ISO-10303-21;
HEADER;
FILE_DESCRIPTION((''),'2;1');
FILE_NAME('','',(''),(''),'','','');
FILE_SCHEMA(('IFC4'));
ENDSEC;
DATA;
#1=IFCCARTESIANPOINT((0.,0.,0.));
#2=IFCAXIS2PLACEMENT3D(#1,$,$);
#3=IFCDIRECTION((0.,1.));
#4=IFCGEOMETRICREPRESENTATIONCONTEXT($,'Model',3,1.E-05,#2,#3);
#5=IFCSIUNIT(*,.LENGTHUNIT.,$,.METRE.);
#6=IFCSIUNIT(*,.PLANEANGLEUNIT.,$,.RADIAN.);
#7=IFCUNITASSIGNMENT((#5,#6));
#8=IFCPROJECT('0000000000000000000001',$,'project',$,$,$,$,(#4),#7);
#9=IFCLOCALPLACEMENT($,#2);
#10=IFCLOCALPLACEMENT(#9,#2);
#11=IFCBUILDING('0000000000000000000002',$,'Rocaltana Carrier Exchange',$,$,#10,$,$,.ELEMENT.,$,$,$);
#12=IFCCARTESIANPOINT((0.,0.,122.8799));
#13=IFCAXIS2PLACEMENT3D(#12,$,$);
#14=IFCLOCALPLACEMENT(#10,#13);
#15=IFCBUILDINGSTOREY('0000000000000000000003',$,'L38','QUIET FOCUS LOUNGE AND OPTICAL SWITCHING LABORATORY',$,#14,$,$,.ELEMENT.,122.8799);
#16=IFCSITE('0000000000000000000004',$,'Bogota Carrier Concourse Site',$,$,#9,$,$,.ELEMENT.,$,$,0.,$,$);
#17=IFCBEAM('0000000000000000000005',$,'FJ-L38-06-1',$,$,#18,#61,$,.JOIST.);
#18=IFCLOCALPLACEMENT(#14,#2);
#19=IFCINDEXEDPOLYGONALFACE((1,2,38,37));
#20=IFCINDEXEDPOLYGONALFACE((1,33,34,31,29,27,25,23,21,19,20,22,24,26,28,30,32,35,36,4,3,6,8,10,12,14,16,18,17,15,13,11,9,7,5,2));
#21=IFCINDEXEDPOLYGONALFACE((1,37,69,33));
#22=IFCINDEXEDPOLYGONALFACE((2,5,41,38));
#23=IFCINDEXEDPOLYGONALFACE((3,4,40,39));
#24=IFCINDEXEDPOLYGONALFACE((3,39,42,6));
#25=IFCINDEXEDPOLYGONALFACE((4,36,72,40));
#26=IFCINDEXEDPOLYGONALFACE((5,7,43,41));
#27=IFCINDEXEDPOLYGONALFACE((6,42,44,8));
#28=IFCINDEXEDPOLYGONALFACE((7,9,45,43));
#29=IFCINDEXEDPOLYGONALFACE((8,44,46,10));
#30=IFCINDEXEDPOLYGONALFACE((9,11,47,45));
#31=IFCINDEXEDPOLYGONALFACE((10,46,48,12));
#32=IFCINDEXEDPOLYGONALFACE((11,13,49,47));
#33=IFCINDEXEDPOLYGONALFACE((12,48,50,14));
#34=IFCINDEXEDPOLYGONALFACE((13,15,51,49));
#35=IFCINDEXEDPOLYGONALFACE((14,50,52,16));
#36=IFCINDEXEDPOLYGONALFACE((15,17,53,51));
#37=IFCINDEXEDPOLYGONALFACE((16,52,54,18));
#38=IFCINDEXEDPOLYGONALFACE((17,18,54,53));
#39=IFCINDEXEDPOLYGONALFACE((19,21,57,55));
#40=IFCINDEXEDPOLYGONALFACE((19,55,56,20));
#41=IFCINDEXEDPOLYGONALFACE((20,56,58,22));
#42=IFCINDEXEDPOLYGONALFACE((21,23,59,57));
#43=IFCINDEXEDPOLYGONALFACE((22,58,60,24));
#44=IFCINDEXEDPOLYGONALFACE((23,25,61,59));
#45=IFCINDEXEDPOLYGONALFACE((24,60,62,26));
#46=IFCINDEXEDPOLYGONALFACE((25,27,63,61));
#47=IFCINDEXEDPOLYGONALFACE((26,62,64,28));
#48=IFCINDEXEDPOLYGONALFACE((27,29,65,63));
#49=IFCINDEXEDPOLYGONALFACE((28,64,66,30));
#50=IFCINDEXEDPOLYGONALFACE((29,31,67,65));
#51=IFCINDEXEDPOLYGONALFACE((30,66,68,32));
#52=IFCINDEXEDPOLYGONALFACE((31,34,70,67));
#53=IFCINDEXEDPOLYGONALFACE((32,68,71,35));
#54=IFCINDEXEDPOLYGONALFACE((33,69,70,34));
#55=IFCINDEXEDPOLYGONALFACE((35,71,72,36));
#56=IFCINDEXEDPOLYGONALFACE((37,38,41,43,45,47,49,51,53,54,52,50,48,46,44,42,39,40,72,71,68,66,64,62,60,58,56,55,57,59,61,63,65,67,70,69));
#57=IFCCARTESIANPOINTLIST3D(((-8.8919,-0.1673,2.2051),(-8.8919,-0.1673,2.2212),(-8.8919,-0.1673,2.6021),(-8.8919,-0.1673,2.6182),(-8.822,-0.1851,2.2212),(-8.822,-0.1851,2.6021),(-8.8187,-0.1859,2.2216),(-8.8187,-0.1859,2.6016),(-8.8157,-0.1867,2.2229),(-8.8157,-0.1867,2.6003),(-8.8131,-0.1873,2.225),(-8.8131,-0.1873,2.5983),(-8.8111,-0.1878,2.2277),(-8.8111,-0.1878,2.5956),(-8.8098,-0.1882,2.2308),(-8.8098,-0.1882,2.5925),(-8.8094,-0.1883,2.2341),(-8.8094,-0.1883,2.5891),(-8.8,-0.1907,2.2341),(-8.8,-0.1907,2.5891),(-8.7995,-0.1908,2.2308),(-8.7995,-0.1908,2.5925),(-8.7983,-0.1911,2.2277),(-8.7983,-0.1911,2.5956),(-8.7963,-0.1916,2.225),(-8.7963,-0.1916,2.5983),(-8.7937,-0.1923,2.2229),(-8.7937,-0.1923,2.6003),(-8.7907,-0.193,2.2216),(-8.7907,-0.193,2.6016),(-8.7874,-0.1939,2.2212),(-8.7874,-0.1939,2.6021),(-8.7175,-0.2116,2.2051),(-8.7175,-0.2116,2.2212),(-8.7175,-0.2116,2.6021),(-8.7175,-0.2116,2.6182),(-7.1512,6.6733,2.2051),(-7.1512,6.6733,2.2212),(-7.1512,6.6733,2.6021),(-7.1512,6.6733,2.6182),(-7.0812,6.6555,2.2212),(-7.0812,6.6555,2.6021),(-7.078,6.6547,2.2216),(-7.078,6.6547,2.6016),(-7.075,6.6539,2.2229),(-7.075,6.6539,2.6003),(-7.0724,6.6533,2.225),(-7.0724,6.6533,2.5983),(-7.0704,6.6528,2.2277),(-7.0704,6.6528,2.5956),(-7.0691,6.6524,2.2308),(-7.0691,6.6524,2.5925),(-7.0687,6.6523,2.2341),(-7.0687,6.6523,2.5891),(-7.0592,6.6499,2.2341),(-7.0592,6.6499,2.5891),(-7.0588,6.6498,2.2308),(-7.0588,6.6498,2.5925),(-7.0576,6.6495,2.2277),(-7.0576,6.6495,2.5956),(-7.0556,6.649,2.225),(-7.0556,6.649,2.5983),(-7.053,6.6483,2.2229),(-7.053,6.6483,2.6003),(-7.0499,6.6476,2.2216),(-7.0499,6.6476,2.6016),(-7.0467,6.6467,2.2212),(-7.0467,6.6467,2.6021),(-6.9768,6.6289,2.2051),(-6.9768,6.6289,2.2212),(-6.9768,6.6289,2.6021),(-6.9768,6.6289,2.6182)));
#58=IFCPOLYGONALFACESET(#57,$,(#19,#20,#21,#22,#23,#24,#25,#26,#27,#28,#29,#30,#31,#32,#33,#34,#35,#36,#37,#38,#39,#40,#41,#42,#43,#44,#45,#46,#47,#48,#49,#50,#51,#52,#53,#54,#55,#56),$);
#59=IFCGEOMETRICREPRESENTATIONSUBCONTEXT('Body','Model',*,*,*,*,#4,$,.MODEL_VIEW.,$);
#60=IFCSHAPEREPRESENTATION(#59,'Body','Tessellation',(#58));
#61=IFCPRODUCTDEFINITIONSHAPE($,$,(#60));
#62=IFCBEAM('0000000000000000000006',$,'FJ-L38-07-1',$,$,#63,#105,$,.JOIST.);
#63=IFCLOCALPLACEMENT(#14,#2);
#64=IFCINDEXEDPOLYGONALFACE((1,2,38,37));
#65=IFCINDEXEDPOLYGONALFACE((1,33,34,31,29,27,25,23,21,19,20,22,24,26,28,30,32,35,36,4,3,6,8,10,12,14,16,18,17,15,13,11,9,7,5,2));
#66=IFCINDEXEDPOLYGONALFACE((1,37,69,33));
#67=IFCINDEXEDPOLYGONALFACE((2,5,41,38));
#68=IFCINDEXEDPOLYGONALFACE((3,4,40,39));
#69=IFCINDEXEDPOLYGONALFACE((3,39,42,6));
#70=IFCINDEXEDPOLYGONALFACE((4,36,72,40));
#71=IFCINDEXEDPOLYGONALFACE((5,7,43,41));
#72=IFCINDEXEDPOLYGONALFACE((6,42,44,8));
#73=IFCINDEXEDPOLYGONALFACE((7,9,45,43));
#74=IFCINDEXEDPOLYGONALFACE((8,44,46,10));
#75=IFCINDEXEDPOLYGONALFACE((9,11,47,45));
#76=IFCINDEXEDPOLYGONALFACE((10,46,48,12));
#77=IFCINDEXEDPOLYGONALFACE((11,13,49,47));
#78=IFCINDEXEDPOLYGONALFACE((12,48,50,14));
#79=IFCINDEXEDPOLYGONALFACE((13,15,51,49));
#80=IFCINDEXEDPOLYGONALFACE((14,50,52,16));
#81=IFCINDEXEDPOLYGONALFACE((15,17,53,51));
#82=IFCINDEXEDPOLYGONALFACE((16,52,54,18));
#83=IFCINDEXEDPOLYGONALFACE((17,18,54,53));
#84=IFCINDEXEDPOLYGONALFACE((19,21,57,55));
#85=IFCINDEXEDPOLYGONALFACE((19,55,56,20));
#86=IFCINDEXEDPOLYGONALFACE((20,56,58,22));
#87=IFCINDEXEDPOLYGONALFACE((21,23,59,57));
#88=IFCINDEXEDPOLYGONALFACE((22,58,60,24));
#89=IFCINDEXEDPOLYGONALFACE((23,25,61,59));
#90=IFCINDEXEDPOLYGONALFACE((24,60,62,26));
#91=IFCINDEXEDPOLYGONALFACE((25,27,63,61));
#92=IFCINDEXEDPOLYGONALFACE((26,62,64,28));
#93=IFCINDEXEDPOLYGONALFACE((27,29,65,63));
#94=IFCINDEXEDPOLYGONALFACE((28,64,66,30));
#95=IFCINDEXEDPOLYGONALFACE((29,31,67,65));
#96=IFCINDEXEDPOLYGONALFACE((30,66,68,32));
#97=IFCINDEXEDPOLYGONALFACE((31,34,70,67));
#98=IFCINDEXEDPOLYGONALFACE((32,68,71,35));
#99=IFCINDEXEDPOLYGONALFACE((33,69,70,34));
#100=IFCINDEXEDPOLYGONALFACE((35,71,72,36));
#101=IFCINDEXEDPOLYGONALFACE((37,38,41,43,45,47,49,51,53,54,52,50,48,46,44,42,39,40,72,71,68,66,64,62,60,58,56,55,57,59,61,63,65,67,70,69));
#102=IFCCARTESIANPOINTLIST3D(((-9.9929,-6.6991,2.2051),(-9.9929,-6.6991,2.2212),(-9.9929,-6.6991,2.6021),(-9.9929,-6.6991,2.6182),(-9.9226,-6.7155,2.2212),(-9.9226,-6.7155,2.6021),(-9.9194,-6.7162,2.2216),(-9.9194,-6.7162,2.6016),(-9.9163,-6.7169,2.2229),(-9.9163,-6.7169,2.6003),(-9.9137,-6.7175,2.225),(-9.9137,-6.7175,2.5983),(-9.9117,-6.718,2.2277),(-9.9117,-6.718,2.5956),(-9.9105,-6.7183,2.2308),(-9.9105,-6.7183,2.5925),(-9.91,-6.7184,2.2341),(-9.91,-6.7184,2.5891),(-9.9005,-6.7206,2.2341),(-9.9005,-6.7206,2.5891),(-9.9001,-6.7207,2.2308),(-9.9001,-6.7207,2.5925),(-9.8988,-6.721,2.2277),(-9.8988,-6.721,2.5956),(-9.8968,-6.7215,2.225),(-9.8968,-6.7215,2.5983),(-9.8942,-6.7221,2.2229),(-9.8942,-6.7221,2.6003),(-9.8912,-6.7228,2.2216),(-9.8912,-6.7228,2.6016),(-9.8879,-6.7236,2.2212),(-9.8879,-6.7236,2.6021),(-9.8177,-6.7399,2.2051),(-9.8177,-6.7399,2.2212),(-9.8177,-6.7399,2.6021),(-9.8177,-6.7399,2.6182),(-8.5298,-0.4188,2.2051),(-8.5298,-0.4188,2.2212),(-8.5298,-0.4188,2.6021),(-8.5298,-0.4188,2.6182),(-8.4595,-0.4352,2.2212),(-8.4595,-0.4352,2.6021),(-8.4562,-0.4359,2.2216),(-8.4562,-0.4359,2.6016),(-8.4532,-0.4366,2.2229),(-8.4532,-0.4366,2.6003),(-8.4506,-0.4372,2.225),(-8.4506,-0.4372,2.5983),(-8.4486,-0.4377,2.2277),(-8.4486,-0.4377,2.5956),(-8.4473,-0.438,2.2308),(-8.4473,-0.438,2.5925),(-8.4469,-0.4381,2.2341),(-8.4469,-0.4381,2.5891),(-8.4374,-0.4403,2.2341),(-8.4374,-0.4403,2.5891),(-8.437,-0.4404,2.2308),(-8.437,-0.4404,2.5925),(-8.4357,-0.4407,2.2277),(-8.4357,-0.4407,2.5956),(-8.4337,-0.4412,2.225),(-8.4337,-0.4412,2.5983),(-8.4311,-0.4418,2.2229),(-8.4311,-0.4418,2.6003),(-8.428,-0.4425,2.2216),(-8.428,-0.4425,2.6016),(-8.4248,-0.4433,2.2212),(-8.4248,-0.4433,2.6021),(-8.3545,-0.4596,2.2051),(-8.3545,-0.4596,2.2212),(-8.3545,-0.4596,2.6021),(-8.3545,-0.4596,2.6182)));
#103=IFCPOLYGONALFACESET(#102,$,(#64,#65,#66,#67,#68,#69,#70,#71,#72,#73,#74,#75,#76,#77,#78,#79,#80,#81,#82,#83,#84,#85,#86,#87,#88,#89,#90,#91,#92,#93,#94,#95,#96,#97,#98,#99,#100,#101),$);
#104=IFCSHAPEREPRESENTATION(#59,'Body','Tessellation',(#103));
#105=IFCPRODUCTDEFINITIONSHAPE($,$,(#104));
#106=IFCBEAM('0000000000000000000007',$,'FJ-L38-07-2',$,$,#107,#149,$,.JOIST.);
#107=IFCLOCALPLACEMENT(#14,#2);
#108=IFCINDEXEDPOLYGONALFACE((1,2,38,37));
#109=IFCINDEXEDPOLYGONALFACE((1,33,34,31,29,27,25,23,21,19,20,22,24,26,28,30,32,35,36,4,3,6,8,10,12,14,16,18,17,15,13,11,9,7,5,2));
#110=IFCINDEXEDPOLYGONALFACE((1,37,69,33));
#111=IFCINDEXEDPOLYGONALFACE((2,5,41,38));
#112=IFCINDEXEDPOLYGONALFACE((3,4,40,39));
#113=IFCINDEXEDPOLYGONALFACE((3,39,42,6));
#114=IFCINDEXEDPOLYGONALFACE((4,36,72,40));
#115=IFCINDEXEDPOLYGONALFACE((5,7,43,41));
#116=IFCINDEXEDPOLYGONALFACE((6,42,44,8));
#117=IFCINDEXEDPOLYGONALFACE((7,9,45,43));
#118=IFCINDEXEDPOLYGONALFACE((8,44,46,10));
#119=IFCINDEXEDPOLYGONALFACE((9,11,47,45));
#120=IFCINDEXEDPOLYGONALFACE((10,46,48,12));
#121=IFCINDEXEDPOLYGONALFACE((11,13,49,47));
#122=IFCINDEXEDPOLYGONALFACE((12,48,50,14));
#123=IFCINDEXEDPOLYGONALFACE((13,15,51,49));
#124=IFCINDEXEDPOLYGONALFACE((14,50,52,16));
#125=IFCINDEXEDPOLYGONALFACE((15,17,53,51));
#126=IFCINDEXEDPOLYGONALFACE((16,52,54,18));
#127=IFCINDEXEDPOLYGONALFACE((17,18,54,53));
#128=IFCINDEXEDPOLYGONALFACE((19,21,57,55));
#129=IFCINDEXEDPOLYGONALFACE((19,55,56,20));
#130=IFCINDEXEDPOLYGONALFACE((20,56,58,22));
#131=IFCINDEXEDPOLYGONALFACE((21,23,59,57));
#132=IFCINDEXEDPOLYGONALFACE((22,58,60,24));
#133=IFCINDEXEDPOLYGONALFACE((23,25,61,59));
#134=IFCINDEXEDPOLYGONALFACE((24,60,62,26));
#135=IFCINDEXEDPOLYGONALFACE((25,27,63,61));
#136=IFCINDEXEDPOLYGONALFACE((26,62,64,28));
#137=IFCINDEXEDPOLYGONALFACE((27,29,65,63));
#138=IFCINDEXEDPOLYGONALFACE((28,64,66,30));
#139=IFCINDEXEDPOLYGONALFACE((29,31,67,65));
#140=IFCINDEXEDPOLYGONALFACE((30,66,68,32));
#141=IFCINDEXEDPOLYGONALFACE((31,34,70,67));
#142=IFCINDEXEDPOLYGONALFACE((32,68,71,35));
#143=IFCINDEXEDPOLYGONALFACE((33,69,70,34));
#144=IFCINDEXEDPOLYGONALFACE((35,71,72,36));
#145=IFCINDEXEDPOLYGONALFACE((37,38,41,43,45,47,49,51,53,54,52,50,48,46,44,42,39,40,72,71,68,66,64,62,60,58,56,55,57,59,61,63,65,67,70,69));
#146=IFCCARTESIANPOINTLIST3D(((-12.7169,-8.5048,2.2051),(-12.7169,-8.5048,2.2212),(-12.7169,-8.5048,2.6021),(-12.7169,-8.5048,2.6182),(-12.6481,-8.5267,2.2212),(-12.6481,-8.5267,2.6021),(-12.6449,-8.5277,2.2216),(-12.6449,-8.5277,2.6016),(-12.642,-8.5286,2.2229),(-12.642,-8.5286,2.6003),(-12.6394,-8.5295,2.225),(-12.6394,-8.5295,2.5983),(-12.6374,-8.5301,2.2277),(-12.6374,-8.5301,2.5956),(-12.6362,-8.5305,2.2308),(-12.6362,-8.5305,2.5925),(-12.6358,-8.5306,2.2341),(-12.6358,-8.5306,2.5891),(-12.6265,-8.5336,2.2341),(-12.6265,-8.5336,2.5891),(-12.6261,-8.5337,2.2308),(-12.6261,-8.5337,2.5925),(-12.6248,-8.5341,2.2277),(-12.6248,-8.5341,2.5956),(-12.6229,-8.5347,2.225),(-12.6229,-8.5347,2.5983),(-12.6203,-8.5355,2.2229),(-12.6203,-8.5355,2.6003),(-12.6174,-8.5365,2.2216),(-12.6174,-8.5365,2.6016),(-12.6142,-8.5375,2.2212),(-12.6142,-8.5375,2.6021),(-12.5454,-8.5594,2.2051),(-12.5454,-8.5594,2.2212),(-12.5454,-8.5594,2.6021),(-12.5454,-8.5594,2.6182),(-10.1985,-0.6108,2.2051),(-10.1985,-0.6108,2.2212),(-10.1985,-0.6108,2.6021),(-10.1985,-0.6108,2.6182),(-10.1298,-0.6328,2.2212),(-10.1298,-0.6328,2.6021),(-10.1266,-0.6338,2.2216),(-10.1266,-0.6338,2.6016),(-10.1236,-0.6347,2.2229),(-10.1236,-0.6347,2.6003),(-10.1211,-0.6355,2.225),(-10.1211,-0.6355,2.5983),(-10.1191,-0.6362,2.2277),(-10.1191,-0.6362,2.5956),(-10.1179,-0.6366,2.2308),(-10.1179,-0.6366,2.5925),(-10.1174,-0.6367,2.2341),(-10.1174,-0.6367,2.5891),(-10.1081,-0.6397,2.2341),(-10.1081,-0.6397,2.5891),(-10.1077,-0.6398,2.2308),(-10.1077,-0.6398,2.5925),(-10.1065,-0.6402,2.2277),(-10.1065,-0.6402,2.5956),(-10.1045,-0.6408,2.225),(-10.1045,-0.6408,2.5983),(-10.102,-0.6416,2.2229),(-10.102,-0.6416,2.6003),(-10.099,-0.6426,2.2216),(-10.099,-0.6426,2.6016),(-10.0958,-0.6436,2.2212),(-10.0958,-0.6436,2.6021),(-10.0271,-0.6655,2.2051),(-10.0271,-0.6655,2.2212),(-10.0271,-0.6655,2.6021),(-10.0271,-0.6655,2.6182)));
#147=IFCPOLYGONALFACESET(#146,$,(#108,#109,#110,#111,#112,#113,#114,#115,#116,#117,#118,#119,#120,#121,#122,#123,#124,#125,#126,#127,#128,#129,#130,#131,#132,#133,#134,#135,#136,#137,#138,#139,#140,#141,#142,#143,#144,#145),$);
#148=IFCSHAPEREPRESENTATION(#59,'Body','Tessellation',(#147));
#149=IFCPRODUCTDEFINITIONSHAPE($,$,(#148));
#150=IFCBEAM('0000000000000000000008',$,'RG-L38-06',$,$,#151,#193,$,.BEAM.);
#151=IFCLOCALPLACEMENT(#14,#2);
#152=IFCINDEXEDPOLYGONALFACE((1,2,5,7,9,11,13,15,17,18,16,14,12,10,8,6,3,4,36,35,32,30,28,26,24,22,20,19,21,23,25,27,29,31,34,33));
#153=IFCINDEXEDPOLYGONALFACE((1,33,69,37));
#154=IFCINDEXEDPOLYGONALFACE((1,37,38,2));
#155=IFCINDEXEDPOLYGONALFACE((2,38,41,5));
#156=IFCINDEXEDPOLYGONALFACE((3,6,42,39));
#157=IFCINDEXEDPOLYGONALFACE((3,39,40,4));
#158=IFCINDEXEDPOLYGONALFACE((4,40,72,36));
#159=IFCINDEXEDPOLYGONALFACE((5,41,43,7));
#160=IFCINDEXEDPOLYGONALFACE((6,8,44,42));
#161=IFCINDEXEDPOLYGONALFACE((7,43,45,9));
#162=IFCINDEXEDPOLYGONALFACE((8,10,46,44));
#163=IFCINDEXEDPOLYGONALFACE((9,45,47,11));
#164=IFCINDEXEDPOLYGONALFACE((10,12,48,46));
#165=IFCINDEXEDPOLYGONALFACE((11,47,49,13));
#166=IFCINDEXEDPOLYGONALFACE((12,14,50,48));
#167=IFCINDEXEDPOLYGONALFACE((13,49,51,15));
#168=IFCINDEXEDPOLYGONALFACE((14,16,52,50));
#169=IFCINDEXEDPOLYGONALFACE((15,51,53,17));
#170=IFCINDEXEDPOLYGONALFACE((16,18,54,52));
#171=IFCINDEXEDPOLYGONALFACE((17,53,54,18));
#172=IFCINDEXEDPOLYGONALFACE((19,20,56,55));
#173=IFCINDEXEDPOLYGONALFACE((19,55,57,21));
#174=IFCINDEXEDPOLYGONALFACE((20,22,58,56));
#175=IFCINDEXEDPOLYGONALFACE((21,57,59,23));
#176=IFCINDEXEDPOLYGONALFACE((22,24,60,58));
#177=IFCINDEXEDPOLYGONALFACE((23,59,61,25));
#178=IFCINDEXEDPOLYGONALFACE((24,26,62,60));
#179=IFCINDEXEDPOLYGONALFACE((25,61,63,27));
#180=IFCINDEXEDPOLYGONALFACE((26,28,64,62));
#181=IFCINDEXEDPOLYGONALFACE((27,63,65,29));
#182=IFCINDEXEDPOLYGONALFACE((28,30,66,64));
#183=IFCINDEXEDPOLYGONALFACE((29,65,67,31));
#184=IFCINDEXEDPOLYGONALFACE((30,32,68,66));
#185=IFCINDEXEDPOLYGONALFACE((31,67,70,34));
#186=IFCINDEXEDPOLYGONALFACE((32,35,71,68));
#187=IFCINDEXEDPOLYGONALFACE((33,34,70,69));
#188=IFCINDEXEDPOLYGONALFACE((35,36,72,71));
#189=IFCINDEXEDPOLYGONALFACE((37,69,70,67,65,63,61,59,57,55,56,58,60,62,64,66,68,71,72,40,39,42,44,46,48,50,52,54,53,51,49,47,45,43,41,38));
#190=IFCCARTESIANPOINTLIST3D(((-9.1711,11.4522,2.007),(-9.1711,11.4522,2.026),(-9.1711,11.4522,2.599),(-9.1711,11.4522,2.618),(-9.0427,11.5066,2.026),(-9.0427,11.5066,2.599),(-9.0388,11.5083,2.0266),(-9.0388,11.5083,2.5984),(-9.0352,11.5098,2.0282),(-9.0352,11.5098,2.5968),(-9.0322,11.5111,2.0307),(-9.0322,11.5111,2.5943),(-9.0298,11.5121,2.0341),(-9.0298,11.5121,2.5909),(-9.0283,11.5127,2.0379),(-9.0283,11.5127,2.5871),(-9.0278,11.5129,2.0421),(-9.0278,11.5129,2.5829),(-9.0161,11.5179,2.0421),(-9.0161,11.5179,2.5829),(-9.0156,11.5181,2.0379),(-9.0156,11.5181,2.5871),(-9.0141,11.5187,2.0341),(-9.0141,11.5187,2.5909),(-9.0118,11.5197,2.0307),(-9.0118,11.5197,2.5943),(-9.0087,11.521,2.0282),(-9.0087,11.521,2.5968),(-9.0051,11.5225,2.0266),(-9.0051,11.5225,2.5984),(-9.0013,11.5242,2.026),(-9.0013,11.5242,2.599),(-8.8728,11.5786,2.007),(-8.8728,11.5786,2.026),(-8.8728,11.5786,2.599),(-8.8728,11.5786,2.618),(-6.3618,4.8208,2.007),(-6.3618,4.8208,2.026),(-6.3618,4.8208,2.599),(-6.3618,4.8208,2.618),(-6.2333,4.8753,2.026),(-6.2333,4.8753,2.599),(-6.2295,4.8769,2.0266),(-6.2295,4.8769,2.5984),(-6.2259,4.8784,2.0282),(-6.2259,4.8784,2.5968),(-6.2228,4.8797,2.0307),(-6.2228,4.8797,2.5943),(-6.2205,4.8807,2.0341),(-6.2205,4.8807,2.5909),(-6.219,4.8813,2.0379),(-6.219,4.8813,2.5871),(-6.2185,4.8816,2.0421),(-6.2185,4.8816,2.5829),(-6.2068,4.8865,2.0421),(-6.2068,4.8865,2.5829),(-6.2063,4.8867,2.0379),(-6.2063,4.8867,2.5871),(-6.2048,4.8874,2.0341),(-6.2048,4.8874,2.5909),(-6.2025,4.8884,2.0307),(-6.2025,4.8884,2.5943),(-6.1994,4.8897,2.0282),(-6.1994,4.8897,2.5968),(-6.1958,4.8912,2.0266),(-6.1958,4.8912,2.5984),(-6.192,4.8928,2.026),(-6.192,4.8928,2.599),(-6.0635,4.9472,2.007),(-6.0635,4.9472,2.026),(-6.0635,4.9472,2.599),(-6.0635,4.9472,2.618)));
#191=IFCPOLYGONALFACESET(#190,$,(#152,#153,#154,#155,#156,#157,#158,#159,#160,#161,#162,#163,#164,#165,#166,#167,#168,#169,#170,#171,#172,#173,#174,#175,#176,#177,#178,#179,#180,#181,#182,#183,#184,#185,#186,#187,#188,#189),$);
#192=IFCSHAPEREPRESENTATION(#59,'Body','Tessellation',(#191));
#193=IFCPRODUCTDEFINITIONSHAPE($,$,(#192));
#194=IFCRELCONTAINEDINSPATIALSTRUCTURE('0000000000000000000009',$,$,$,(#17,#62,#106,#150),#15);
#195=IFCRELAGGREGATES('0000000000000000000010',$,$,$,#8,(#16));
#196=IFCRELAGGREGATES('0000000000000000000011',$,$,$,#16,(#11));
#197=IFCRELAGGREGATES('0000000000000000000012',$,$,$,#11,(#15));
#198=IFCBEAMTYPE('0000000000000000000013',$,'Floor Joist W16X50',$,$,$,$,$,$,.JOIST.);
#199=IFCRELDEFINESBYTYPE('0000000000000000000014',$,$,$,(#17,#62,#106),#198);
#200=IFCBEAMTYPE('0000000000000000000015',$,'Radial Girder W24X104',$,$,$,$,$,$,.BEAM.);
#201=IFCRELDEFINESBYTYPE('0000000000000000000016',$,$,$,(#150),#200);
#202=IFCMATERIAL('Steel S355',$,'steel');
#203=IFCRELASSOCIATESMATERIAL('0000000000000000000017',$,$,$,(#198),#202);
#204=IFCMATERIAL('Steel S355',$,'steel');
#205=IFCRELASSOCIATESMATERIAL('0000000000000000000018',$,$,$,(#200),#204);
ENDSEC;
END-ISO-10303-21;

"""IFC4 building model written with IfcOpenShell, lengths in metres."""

from ifc_helpers import new_model, si_unit, direction, frame, origin, origin_2d, place, context, subcontext, project, spatial, i_section, extrude, material, material_profile, profile_set, type_object, element, save


model = new_model("IFC4")

# Units and contexts
model_context = context("Model", 3, precision=1e-05, world=origin(), true_north=direction((0.0, 1.0)))
body_context = subcontext(model_context, "Body", "Model", "MODEL_VIEW")
ifc_project = project(units=[si_unit("LENGTHUNIT", "METRE"), si_unit("PLANEANGLEUNIT", "RADIAN")], contexts=[model_context])

# Site, building, storey
site_placement = place(None, origin())
site = spatial("IfcSite", under=ifc_project, at=site_placement, Name="Bogota Carrier Concourse Site", CompositionType="ELEMENT", RefElevation=0.0)
building_placement = place(site_placement, origin())
building = spatial("IfcBuilding", under=site, at=building_placement, Name="Rocaltana Carrier Exchange", CompositionType="ELEMENT")
storey_placement = place(building_placement, frame((0.0, 0.0, 122.8799)))
storey = spatial("IfcBuildingStorey", under=building, at=storey_placement, Name="L38", Description="QUIET FOCUS LOUNGE AND OPTICAL SWITCHING LABORATORY", CompositionType="ELEMENT", Elevation=122.8799)

# Beams
ifc_material_1 = material(Name="Steel S355", Category="steel")
ifc_material_profile_1 = material_profile(ifc_material_1, i_section(OverallWidth=0.1799, OverallDepth=0.4131, WebThickness=0.0098, FlangeThickness=0.0161, FilletRadius=0.0129, at=origin_2d()), Name="W16X50")
ifc_profile_set_1 = profile_set([ifc_material_profile_1], Name="Steel S355")
beam_type_1 = type_object("IfcBeamType", Name="Floor Joist W16X50", PredefinedType="JOIST", material=ifc_profile_set_1)
beam_1_placement = place(storey_placement, frame((-7.064, 6.6511, 2.4116), z_axis=(-0.246611, -0.969115, 0.0), x_axis=(0.969115, -0.246611, 0.0)))
element("IfcBeam", 1, at=beam_1_placement, inside=storey, type_object=beam_type_1, Name="FJ-L38-06-1", PredefinedType="JOIST", context=body_context, shape_type="SweptSolid", body=[
    extrude(i_section(OverallWidth=0.1799, OverallDepth=0.4131, WebThickness=0.0098, FlangeThickness=0.0161, FilletRadius=0.0129, at=origin_2d()), origin(), (0.0, 0.0, 1.0), 7.0586),
])
beam_2_placement = place(storey_placement, frame((-8.4421, -0.4392, 2.4116), z_axis=(-0.226897, -0.973919, 0.0), x_axis=(0.973919, -0.226897, 0.0)))
element("IfcBeam", 2, at=beam_2_placement, inside=storey, type_object=beam_type_1, Name="FJ-L38-07-1", PredefinedType="JOIST", context=body_context, shape_type="SweptSolid", body=[
    extrude(i_section(OverallWidth=0.1799, OverallDepth=0.4131, WebThickness=0.0098, FlangeThickness=0.0161, FilletRadius=0.0129, at=origin_2d()), origin(), (0.0, 0.0, 1.0), 6.4485),
])
beam_3_placement = place(storey_placement, frame((-10.1128, -0.6382, 2.4116), z_axis=(-0.303932, -0.952694, 0.0), x_axis=(0.952694, -0.303932, 0.0)))
element("IfcBeam", 3, at=beam_3_placement, inside=storey, type_object=beam_type_1, Name="FJ-L38-07-2", PredefinedType="JOIST", context=body_context, shape_type="SweptSolid", body=[
    extrude(i_section(OverallWidth=0.1799, OverallDepth=0.4131, WebThickness=0.0098, FlangeThickness=0.0161, FilletRadius=0.0129, at=origin_2d()), origin(), (0.0, 0.0, 1.0), 8.2859),
])
ifc_material_2 = material(Name="Steel S355", Category="steel")
ifc_material_profile_2 = material_profile(ifc_material_2, i_section(OverallWidth=0.324, OverallDepth=0.6111, WebThickness=0.0127, FlangeThickness=0.019, FilletRadius=0.0161, at=origin_2d()), Name="W24X104")
ifc_profile_set_2 = profile_set([ifc_material_profile_2], Name="Steel S355")
beam_type_2 = type_object("IfcBeamType", Name="Radial Girder W24X104", PredefinedType="BEAM", material=ifc_profile_set_2)
beam_4_placement = place(storey_placement, frame((-6.2126, 4.884, 2.3125), z_axis=(-0.390082, 0.92078, 0.0), x_axis=(-0.92078, -0.390082, 0.0)))
element("IfcBeam", 4, at=beam_4_placement, inside=storey, type_object=beam_type_2, Name="RG-L38-06", PredefinedType="BEAM", context=body_context, shape_type="SweptSolid", body=[
    extrude(i_section(OverallWidth=0.324, OverallDepth=0.6111, WebThickness=0.0127, FlangeThickness=0.019, FilletRadius=0.0161, at=origin_2d()), origin(), (0.0, 0.0, 1.0), 7.2019),
])

save(model, "model.ifc")
